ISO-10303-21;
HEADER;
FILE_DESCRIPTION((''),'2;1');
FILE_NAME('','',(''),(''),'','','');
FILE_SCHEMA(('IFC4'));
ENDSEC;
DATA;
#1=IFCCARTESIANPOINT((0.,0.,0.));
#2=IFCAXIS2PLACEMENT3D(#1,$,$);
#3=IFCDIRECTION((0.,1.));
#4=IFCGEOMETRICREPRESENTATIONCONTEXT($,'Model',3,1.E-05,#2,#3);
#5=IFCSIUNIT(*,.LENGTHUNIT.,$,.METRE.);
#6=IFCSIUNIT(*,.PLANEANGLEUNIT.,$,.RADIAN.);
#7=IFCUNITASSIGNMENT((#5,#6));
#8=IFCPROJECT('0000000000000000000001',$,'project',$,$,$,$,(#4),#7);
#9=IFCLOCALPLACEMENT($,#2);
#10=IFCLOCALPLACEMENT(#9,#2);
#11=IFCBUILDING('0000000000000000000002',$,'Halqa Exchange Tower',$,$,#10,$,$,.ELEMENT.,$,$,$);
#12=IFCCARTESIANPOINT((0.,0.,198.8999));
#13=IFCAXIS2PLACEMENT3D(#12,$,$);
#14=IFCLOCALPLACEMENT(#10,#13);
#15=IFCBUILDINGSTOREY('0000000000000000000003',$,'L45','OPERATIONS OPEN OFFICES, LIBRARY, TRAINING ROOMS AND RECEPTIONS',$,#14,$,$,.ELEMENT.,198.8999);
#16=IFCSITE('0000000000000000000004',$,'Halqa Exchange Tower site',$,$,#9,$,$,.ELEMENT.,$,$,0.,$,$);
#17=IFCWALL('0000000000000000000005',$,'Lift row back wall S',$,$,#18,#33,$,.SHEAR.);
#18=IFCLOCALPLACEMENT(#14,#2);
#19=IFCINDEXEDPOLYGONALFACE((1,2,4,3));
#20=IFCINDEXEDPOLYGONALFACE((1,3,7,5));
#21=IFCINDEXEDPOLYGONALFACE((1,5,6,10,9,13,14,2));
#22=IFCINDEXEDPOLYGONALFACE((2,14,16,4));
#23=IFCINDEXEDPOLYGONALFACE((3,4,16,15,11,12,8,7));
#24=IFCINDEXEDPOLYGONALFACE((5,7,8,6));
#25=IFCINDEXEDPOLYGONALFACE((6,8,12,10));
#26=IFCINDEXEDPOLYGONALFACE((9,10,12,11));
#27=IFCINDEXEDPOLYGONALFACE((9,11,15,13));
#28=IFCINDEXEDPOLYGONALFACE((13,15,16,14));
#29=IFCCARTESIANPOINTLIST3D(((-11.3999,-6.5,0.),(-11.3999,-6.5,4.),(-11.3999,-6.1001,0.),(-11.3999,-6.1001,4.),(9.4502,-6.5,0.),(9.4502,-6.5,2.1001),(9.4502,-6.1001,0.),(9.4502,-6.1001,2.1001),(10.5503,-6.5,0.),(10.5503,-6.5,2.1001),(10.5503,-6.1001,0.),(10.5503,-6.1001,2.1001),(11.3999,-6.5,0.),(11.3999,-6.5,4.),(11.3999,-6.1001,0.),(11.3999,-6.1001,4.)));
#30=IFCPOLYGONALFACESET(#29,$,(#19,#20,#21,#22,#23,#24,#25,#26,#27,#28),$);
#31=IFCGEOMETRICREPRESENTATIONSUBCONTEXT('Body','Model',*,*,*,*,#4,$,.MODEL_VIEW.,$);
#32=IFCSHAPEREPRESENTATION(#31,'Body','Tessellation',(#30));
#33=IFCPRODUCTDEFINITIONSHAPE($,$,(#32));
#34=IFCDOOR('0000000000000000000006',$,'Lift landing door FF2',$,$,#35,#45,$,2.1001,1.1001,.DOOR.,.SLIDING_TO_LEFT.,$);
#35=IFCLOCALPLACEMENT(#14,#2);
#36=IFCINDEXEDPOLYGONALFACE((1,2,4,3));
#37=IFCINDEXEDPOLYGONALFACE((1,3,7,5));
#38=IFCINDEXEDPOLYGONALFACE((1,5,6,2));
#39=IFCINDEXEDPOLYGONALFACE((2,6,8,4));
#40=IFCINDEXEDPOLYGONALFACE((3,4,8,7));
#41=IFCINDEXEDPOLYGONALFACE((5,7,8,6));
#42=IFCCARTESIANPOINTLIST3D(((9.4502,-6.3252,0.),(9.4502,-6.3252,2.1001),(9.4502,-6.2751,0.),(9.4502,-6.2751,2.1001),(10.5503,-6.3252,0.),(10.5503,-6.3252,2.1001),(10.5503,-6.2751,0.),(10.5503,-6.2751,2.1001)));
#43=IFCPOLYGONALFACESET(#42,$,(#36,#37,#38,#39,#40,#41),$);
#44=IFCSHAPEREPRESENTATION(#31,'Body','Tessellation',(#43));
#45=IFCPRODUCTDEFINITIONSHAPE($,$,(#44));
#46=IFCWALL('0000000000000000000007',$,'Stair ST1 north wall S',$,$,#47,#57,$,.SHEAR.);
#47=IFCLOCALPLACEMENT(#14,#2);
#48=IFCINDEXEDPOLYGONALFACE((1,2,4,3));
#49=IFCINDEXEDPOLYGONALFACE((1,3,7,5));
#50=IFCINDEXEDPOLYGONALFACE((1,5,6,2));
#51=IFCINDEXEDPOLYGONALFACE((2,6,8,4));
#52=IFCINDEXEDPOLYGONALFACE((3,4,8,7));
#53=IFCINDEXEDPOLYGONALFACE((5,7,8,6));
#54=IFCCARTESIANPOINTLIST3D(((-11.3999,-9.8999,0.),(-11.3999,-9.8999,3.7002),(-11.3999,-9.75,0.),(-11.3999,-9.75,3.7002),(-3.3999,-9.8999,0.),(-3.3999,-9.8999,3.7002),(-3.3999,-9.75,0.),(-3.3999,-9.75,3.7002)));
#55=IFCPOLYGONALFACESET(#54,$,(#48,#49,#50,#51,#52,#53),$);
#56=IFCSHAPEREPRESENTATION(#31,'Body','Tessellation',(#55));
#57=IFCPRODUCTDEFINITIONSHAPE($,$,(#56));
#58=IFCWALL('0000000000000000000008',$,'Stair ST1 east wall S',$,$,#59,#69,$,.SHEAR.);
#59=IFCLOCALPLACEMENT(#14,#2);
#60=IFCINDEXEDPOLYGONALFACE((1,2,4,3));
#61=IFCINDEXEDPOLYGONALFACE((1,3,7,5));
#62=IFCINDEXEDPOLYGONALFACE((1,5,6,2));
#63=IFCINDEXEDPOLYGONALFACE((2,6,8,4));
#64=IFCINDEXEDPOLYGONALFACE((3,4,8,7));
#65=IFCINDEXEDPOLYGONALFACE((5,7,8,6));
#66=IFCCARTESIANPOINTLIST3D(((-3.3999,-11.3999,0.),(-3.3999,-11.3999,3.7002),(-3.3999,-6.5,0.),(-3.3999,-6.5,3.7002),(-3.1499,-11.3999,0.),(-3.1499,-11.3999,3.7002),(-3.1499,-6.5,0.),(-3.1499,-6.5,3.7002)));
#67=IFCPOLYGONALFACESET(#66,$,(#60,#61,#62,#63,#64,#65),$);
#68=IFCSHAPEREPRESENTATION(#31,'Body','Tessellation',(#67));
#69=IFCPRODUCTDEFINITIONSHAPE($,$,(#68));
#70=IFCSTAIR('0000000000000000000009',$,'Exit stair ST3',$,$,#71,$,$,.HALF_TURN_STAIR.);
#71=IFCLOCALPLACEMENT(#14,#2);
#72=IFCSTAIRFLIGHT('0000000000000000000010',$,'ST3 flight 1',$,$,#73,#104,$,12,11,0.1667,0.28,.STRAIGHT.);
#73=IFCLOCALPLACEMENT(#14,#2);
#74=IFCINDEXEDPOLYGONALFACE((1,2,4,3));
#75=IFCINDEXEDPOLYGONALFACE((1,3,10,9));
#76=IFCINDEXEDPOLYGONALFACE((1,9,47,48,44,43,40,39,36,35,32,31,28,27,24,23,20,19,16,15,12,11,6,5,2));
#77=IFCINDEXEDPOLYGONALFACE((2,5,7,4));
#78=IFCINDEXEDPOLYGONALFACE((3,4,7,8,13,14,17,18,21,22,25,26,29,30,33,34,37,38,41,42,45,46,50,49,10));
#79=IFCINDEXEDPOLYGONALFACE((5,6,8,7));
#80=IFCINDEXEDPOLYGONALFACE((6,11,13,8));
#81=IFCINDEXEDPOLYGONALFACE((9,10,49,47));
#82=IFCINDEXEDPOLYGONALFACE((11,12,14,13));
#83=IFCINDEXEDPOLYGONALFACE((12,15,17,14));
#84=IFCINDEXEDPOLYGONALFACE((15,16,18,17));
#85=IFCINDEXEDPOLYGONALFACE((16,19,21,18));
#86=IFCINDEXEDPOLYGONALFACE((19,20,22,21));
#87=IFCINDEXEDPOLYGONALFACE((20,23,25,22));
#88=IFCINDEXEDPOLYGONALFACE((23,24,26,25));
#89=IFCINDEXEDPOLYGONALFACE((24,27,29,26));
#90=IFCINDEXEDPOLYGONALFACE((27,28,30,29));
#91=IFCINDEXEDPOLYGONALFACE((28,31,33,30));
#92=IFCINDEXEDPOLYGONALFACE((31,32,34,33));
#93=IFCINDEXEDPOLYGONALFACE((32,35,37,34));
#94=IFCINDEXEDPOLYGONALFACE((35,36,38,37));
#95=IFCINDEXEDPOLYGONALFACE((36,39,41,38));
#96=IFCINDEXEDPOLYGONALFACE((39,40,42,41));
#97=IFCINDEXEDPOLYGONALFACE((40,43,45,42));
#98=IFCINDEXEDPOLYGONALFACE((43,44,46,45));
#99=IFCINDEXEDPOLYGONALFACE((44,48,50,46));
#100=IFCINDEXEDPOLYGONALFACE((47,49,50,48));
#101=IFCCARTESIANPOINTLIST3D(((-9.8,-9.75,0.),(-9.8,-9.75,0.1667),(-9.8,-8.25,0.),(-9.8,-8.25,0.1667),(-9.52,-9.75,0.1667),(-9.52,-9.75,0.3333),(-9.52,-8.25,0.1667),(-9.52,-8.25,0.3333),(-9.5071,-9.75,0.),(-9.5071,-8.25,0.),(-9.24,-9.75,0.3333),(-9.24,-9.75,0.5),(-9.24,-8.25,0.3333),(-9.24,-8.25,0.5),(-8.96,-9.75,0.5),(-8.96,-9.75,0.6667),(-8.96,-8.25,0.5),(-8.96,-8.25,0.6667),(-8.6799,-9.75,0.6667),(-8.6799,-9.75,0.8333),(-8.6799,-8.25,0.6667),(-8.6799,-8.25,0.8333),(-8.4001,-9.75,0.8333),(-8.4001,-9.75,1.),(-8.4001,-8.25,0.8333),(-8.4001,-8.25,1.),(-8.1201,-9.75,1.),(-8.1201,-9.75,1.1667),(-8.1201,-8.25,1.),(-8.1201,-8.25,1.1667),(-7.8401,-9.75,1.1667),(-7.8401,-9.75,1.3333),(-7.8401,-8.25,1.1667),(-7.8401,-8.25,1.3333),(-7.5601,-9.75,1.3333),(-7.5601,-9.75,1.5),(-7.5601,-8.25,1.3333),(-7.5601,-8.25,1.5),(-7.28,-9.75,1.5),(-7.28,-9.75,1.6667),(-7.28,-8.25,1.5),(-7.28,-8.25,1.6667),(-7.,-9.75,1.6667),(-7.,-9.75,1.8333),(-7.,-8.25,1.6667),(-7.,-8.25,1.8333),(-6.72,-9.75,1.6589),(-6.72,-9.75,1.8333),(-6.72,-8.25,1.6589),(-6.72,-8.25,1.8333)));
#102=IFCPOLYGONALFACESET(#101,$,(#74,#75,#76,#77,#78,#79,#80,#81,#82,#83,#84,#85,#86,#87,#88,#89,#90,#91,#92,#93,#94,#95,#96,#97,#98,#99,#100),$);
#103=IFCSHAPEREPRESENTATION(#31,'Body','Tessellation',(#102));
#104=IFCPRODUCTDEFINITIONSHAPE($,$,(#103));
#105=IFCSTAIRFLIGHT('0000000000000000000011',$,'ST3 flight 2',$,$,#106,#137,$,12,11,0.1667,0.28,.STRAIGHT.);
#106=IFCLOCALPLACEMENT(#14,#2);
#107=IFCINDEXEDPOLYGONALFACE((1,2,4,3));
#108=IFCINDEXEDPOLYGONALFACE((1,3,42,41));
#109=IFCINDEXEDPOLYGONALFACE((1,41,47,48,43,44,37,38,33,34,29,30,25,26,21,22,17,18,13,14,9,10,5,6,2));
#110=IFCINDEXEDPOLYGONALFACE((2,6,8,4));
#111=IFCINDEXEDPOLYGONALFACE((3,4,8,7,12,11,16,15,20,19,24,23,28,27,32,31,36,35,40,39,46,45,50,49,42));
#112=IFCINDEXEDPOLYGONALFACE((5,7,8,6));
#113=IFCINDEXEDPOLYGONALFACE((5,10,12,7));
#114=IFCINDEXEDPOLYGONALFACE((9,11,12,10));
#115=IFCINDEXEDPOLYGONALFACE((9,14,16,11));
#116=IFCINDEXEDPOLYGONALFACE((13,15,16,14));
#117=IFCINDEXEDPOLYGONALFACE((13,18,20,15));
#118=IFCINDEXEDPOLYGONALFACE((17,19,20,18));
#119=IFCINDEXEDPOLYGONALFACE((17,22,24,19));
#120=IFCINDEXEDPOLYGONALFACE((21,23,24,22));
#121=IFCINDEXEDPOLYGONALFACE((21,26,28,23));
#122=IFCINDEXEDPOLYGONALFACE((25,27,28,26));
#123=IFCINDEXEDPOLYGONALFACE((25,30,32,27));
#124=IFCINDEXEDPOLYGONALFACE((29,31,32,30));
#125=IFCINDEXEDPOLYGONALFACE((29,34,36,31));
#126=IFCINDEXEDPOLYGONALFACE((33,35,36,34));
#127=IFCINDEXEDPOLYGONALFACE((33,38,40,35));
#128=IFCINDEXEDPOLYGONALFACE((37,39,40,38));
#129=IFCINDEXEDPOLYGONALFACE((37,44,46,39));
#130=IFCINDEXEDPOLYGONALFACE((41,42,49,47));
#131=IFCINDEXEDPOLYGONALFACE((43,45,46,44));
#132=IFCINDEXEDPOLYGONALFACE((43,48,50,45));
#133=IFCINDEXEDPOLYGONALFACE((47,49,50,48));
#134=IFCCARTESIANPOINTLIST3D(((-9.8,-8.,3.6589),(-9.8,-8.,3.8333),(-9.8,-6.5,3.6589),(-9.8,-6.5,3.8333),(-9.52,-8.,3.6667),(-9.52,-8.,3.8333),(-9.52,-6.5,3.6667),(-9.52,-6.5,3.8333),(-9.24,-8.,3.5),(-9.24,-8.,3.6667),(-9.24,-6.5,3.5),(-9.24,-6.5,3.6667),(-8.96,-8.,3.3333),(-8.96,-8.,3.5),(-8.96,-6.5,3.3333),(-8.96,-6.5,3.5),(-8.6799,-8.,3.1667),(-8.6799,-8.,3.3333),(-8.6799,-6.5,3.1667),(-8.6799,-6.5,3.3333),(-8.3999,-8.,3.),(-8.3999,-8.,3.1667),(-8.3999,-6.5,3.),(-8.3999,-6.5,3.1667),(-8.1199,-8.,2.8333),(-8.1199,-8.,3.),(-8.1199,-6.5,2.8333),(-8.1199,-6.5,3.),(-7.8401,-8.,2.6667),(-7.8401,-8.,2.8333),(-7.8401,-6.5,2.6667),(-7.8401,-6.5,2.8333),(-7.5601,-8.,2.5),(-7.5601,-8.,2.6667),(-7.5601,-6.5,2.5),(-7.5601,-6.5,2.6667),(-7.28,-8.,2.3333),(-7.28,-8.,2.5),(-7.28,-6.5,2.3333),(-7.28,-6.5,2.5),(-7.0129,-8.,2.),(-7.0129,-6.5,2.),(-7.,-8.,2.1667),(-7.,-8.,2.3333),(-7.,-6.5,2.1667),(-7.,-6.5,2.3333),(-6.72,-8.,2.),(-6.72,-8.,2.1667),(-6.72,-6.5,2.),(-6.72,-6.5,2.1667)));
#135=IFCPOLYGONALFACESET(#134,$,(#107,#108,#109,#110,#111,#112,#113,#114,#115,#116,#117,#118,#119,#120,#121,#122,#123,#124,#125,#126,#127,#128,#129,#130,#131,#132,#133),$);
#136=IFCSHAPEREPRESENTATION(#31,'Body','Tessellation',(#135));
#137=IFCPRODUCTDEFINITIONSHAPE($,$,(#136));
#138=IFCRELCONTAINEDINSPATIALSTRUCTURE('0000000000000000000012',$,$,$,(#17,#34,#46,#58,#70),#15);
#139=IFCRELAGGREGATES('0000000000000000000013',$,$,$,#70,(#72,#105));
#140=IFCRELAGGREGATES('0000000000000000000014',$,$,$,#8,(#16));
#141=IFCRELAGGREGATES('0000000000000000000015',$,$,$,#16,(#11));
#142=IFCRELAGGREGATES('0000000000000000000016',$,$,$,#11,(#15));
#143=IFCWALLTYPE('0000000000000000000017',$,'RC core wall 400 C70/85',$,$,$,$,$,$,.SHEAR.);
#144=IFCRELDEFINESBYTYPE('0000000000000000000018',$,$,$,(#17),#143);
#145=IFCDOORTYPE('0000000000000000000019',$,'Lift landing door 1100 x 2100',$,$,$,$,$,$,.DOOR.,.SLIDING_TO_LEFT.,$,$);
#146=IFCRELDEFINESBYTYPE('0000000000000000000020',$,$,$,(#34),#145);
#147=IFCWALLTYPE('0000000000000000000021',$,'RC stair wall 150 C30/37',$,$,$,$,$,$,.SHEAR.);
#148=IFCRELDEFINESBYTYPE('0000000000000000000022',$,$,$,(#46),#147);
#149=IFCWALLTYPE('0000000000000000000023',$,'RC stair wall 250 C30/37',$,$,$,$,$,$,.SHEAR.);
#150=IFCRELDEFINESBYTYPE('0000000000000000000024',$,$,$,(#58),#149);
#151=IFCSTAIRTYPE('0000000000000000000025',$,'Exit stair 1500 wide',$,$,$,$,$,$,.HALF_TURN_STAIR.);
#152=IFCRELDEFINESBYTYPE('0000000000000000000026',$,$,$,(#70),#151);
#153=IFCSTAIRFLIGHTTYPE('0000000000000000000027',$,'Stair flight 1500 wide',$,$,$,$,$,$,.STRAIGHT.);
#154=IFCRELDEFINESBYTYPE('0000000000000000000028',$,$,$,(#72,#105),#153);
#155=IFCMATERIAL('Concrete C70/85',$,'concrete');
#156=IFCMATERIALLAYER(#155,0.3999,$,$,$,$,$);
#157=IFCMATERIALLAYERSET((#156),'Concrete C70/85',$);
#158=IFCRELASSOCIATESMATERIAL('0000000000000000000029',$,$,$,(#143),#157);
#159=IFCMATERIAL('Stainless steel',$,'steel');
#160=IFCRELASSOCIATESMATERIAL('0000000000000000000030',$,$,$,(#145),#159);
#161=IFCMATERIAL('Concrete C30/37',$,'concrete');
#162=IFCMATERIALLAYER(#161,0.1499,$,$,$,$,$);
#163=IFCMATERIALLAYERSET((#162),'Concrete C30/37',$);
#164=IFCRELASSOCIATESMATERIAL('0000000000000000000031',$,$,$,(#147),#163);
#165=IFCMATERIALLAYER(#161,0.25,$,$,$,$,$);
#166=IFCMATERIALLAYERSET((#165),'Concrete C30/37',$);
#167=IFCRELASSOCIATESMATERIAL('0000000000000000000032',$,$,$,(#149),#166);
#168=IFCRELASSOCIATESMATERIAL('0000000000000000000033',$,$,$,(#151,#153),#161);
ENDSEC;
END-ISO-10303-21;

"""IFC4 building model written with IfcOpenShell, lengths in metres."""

from ifc_helpers import new_model, si_unit, direction, frame, frame_2d, origin, place, context, subcontext, project, spatial, polyline, rectangle, outline, extrude, material, layer, layer_set, type_object, element, fill, aggregate, save


model = new_model("IFC4")

# Units and contexts
model_context = context("Model", 3, precision=1e-05, world=origin(), true_north=direction((0.0, 1.0)))
body_context = subcontext(model_context, "Body", "Model", "MODEL_VIEW")
ifc_project = project(units=[si_unit("LENGTHUNIT", "METRE"), si_unit("PLANEANGLEUNIT", "RADIAN")], contexts=[model_context])

# Site, building, storey
site_placement = place(None, origin())
site = spatial("IfcSite", under=ifc_project, at=site_placement, Name="Halqa Exchange Tower site", CompositionType="ELEMENT", RefElevation=0.0)
building_placement = place(site_placement, origin())
building = spatial("IfcBuilding", under=site, at=building_placement, Name="Halqa Exchange Tower", CompositionType="ELEMENT")
storey_placement = place(building_placement, frame((0.0, 0.0, 198.8999)))
storey = spatial("IfcBuildingStorey", under=building, at=storey_placement, Name="L45", Description="OPERATIONS OPEN OFFICES, LIBRARY, TRAINING ROOMS AND RECEPTIONS", CompositionType="ELEMENT", Elevation=198.8999)

# Shared definitions
ifc_material_1 = material(Name="Concrete C70/85", Category="concrete")
ifc_layer_1 = layer(ifc_material_1, 0.3999)
ifc_layer_set_1 = layer_set([ifc_layer_1], Name="Concrete C70/85")
wall_type_1 = type_object("IfcWallType", Name="RC core wall 400 C70/85", PredefinedType="SHEAR", material=ifc_layer_set_1)
ifc_material_2 = material(Name="Stainless steel", Category="steel")
door_type_1 = type_object("IfcDoorType", Name="Lift landing door 1100 x 2100", OperationType="SLIDING_TO_LEFT", PredefinedType="DOOR", material=ifc_material_2)

# Wall, opening, door
wall_1_placement = place(storey_placement, frame((-11.3999, -6.3, 0.0), z_axis=(0.0, 0.0, 1.0), x_axis=(1.0, 0.0, 0.0)))
wall_1 = element("IfcWall", 1, at=wall_1_placement, inside=storey, type_object=wall_type_1, Name="Lift row back wall S", PredefinedType="SHEAR", context=body_context, shape_type="SweptSolid", body=[
    extrude(rectangle(XDim=22.7998, YDim=0.3999, at=frame_2d((11.3999, 0.0))), origin(), (0.0, 0.0, 1.0), 4.0),
])
opening_1_placement = place(wall_1_placement, frame((20.8501, 0.0, 0.0)))
opening_1 = element("IfcOpeningElement", 2, at=opening_1_placement, cuts=wall_1, PredefinedType="OPENING", context=body_context, shape_type="SweptSolid", body=[
    extrude(rectangle(XDim=1.1001, YDim=2.1001, at=frame_2d((0.55, 1.05))), frame((0.0, 0.2119, 0.0), z_axis=(0.0, -1.0, 0.0), x_axis=(1.0, 0.0, 0.0)), (0.0, 0.0, 1.0), 0.4238),
])
door_1_placement = place(opening_1_placement, origin())
door_1 = element("IfcDoor", 3, at=door_1_placement, inside=storey, type_object=door_type_1, Name="Lift landing door FF2", OperationType="SLIDING_TO_LEFT", OverallHeight=2.1001, OverallWidth=1.1001, PredefinedType="DOOR", context=body_context, shape_type="SweptSolid", body=[
    extrude(rectangle(XDim=1.1001, YDim=2.1001, at=frame_2d((0.55, 1.05))), frame((0.0, 0.0249, 0.0), z_axis=(0.0, -1.0, 0.0), x_axis=(1.0, 0.0, 0.0)), (0.0, 0.0, 1.0), 0.05),
])
fill(opening_1, door_1)

# Walls
ifc_material_3 = material(Name="Concrete C30/37", Category="concrete")
ifc_layer_2 = layer(ifc_material_3, 0.1499)
ifc_layer_set_2 = layer_set([ifc_layer_2], Name="Concrete C30/37")
wall_type_2 = type_object("IfcWallType", Name="RC stair wall 150 C30/37", PredefinedType="SHEAR", material=ifc_layer_set_2)
wall_2_placement = place(storey_placement, frame((-11.3999, -9.825, 0.0), z_axis=(0.0, 0.0, 1.0), x_axis=(1.0, 0.0, 0.0)))
element("IfcWall", 4, at=wall_2_placement, inside=storey, type_object=wall_type_2, Name="Stair ST1 north wall S", PredefinedType="SHEAR", context=body_context, shape_type="SweptSolid", body=[
    extrude(rectangle(XDim=8.0, YDim=0.1499, at=frame_2d((4.0, 0.0))), origin(), (0.0, 0.0, 1.0), 3.7002),
])
ifc_layer_3 = layer(ifc_material_3, 0.25)
ifc_layer_set_3 = layer_set([ifc_layer_3], Name="Concrete C30/37")
wall_type_3 = type_object("IfcWallType", Name="RC stair wall 250 C30/37", PredefinedType="SHEAR", material=ifc_layer_set_3)
wall_3_placement = place(storey_placement, frame((-3.2749, -11.3999, 0.0), z_axis=(0.0, 0.0, 1.0), x_axis=(0.0, 1.0, 0.0)))
element("IfcWall", 5, at=wall_3_placement, inside=storey, type_object=wall_type_3, Name="Stair ST1 east wall S", PredefinedType="SHEAR", context=body_context, shape_type="SweptSolid", body=[
    extrude(rectangle(XDim=4.8999, YDim=0.25, at=frame_2d((2.45, 0.0))), origin(), (0.0, 0.0, 1.0), 3.7002),
])

# Stair, stair flights
stair_type = type_object("IfcStairType", Name="Exit stair 1500 wide", PredefinedType="HALF_TURN_STAIR", material=ifc_material_3)
stair_placement = place(storey_placement, origin())
stair = element("IfcStair", 6, at=stair_placement, inside=storey, type_object=stair_type, Name="Exit stair ST3", PredefinedType="HALF_TURN_STAIR")
stair_flight_type = type_object("IfcStairFlightType", Name="Stair flight 1500 wide", PredefinedType="STRAIGHT", material=ifc_material_3)
stair_flight_1_placement = place(storey_placement, frame((-9.8, -9.0, 0.0), z_axis=(0.0, 0.0, 1.0), x_axis=(1.0, 0.0, 0.0)))
stair_flight_1 = element("IfcStairFlight", 7, at=stair_flight_1_placement, type_object=stair_flight_type, Name="ST3 flight 1", NumberOfRisers=12, NumberOfTreads=11, PredefinedType="STRAIGHT", RiserHeight=0.1667, TreadLength=0.28, context=body_context, shape_type="SweptSolid", body=[
    extrude(outline(polyline([(0.0, 0.0), (0.0, 0.1667), (0.28, 0.1667), (0.28, 0.3333), (0.5601, 0.3333), (0.5601, 0.5), (0.8401, 0.5), (0.8401, 0.6667), (1.1201, 0.6667), (1.1201, 0.8333), (1.3999, 0.8333), (1.3999, 1.0), (1.6799, 1.0), (1.6799, 1.1667), (1.96, 1.1667), (1.96, 1.3333), (2.24, 1.3333), (2.24, 1.5), (2.52, 1.5), (2.52, 1.6667), (2.8, 1.6667), (2.8, 1.8333), (3.0801, 1.8333), (3.0801, 2.0), (3.0801, 1.6589), (0.293, 0.0), (0.0, 0.0)])), frame((0.0, 0.75, 0.0), z_axis=(0.0, -1.0, 0.0), x_axis=(1.0, 0.0, 0.0)), (0.0, 0.0, 1.0), 1.5),
])
stair_flight_2_placement = place(storey_placement, frame((-6.72, -7.25, 2.0), z_axis=(0.0, 0.0, 1.0), x_axis=(-1.0, 0.0, 0.0)))
stair_flight_2 = element("IfcStairFlight", 8, at=stair_flight_2_placement, type_object=stair_flight_type, Name="ST3 flight 2", NumberOfRisers=12, NumberOfTreads=11, PredefinedType="STRAIGHT", RiserHeight=0.1667, TreadLength=0.28, context=body_context, shape_type="SweptSolid", body=[
    extrude(outline(polyline([(0.0, 0.0), (0.0, 0.1667), (0.28, 0.1667), (0.28, 0.3333), (0.5601, 0.3333), (0.5601, 0.5), (0.8401, 0.5), (0.8401, 0.6667), (1.1201, 0.6667), (1.1201, 0.8333), (1.3999, 0.8333), (1.3999, 1.0), (1.6799, 1.0), (1.6799, 1.1667), (1.96, 1.1667), (1.96, 1.3333), (2.24, 1.3333), (2.24, 1.5), (2.52, 1.5), (2.52, 1.6667), (2.8, 1.6667), (2.8, 1.8333), (3.0801, 1.8333), (3.0801, 2.0), (3.0801, 1.6589), (0.293, 0.0), (0.0, 0.0)])), frame((0.0, 0.75, 0.0), z_axis=(0.0, -1.0, 0.0), x_axis=(1.0, 0.0, 0.0)), (0.0, 0.0, 1.0), 1.5),
])
aggregate(stair, [stair_flight_1, stair_flight_2])

save(model, "model.ifc")
